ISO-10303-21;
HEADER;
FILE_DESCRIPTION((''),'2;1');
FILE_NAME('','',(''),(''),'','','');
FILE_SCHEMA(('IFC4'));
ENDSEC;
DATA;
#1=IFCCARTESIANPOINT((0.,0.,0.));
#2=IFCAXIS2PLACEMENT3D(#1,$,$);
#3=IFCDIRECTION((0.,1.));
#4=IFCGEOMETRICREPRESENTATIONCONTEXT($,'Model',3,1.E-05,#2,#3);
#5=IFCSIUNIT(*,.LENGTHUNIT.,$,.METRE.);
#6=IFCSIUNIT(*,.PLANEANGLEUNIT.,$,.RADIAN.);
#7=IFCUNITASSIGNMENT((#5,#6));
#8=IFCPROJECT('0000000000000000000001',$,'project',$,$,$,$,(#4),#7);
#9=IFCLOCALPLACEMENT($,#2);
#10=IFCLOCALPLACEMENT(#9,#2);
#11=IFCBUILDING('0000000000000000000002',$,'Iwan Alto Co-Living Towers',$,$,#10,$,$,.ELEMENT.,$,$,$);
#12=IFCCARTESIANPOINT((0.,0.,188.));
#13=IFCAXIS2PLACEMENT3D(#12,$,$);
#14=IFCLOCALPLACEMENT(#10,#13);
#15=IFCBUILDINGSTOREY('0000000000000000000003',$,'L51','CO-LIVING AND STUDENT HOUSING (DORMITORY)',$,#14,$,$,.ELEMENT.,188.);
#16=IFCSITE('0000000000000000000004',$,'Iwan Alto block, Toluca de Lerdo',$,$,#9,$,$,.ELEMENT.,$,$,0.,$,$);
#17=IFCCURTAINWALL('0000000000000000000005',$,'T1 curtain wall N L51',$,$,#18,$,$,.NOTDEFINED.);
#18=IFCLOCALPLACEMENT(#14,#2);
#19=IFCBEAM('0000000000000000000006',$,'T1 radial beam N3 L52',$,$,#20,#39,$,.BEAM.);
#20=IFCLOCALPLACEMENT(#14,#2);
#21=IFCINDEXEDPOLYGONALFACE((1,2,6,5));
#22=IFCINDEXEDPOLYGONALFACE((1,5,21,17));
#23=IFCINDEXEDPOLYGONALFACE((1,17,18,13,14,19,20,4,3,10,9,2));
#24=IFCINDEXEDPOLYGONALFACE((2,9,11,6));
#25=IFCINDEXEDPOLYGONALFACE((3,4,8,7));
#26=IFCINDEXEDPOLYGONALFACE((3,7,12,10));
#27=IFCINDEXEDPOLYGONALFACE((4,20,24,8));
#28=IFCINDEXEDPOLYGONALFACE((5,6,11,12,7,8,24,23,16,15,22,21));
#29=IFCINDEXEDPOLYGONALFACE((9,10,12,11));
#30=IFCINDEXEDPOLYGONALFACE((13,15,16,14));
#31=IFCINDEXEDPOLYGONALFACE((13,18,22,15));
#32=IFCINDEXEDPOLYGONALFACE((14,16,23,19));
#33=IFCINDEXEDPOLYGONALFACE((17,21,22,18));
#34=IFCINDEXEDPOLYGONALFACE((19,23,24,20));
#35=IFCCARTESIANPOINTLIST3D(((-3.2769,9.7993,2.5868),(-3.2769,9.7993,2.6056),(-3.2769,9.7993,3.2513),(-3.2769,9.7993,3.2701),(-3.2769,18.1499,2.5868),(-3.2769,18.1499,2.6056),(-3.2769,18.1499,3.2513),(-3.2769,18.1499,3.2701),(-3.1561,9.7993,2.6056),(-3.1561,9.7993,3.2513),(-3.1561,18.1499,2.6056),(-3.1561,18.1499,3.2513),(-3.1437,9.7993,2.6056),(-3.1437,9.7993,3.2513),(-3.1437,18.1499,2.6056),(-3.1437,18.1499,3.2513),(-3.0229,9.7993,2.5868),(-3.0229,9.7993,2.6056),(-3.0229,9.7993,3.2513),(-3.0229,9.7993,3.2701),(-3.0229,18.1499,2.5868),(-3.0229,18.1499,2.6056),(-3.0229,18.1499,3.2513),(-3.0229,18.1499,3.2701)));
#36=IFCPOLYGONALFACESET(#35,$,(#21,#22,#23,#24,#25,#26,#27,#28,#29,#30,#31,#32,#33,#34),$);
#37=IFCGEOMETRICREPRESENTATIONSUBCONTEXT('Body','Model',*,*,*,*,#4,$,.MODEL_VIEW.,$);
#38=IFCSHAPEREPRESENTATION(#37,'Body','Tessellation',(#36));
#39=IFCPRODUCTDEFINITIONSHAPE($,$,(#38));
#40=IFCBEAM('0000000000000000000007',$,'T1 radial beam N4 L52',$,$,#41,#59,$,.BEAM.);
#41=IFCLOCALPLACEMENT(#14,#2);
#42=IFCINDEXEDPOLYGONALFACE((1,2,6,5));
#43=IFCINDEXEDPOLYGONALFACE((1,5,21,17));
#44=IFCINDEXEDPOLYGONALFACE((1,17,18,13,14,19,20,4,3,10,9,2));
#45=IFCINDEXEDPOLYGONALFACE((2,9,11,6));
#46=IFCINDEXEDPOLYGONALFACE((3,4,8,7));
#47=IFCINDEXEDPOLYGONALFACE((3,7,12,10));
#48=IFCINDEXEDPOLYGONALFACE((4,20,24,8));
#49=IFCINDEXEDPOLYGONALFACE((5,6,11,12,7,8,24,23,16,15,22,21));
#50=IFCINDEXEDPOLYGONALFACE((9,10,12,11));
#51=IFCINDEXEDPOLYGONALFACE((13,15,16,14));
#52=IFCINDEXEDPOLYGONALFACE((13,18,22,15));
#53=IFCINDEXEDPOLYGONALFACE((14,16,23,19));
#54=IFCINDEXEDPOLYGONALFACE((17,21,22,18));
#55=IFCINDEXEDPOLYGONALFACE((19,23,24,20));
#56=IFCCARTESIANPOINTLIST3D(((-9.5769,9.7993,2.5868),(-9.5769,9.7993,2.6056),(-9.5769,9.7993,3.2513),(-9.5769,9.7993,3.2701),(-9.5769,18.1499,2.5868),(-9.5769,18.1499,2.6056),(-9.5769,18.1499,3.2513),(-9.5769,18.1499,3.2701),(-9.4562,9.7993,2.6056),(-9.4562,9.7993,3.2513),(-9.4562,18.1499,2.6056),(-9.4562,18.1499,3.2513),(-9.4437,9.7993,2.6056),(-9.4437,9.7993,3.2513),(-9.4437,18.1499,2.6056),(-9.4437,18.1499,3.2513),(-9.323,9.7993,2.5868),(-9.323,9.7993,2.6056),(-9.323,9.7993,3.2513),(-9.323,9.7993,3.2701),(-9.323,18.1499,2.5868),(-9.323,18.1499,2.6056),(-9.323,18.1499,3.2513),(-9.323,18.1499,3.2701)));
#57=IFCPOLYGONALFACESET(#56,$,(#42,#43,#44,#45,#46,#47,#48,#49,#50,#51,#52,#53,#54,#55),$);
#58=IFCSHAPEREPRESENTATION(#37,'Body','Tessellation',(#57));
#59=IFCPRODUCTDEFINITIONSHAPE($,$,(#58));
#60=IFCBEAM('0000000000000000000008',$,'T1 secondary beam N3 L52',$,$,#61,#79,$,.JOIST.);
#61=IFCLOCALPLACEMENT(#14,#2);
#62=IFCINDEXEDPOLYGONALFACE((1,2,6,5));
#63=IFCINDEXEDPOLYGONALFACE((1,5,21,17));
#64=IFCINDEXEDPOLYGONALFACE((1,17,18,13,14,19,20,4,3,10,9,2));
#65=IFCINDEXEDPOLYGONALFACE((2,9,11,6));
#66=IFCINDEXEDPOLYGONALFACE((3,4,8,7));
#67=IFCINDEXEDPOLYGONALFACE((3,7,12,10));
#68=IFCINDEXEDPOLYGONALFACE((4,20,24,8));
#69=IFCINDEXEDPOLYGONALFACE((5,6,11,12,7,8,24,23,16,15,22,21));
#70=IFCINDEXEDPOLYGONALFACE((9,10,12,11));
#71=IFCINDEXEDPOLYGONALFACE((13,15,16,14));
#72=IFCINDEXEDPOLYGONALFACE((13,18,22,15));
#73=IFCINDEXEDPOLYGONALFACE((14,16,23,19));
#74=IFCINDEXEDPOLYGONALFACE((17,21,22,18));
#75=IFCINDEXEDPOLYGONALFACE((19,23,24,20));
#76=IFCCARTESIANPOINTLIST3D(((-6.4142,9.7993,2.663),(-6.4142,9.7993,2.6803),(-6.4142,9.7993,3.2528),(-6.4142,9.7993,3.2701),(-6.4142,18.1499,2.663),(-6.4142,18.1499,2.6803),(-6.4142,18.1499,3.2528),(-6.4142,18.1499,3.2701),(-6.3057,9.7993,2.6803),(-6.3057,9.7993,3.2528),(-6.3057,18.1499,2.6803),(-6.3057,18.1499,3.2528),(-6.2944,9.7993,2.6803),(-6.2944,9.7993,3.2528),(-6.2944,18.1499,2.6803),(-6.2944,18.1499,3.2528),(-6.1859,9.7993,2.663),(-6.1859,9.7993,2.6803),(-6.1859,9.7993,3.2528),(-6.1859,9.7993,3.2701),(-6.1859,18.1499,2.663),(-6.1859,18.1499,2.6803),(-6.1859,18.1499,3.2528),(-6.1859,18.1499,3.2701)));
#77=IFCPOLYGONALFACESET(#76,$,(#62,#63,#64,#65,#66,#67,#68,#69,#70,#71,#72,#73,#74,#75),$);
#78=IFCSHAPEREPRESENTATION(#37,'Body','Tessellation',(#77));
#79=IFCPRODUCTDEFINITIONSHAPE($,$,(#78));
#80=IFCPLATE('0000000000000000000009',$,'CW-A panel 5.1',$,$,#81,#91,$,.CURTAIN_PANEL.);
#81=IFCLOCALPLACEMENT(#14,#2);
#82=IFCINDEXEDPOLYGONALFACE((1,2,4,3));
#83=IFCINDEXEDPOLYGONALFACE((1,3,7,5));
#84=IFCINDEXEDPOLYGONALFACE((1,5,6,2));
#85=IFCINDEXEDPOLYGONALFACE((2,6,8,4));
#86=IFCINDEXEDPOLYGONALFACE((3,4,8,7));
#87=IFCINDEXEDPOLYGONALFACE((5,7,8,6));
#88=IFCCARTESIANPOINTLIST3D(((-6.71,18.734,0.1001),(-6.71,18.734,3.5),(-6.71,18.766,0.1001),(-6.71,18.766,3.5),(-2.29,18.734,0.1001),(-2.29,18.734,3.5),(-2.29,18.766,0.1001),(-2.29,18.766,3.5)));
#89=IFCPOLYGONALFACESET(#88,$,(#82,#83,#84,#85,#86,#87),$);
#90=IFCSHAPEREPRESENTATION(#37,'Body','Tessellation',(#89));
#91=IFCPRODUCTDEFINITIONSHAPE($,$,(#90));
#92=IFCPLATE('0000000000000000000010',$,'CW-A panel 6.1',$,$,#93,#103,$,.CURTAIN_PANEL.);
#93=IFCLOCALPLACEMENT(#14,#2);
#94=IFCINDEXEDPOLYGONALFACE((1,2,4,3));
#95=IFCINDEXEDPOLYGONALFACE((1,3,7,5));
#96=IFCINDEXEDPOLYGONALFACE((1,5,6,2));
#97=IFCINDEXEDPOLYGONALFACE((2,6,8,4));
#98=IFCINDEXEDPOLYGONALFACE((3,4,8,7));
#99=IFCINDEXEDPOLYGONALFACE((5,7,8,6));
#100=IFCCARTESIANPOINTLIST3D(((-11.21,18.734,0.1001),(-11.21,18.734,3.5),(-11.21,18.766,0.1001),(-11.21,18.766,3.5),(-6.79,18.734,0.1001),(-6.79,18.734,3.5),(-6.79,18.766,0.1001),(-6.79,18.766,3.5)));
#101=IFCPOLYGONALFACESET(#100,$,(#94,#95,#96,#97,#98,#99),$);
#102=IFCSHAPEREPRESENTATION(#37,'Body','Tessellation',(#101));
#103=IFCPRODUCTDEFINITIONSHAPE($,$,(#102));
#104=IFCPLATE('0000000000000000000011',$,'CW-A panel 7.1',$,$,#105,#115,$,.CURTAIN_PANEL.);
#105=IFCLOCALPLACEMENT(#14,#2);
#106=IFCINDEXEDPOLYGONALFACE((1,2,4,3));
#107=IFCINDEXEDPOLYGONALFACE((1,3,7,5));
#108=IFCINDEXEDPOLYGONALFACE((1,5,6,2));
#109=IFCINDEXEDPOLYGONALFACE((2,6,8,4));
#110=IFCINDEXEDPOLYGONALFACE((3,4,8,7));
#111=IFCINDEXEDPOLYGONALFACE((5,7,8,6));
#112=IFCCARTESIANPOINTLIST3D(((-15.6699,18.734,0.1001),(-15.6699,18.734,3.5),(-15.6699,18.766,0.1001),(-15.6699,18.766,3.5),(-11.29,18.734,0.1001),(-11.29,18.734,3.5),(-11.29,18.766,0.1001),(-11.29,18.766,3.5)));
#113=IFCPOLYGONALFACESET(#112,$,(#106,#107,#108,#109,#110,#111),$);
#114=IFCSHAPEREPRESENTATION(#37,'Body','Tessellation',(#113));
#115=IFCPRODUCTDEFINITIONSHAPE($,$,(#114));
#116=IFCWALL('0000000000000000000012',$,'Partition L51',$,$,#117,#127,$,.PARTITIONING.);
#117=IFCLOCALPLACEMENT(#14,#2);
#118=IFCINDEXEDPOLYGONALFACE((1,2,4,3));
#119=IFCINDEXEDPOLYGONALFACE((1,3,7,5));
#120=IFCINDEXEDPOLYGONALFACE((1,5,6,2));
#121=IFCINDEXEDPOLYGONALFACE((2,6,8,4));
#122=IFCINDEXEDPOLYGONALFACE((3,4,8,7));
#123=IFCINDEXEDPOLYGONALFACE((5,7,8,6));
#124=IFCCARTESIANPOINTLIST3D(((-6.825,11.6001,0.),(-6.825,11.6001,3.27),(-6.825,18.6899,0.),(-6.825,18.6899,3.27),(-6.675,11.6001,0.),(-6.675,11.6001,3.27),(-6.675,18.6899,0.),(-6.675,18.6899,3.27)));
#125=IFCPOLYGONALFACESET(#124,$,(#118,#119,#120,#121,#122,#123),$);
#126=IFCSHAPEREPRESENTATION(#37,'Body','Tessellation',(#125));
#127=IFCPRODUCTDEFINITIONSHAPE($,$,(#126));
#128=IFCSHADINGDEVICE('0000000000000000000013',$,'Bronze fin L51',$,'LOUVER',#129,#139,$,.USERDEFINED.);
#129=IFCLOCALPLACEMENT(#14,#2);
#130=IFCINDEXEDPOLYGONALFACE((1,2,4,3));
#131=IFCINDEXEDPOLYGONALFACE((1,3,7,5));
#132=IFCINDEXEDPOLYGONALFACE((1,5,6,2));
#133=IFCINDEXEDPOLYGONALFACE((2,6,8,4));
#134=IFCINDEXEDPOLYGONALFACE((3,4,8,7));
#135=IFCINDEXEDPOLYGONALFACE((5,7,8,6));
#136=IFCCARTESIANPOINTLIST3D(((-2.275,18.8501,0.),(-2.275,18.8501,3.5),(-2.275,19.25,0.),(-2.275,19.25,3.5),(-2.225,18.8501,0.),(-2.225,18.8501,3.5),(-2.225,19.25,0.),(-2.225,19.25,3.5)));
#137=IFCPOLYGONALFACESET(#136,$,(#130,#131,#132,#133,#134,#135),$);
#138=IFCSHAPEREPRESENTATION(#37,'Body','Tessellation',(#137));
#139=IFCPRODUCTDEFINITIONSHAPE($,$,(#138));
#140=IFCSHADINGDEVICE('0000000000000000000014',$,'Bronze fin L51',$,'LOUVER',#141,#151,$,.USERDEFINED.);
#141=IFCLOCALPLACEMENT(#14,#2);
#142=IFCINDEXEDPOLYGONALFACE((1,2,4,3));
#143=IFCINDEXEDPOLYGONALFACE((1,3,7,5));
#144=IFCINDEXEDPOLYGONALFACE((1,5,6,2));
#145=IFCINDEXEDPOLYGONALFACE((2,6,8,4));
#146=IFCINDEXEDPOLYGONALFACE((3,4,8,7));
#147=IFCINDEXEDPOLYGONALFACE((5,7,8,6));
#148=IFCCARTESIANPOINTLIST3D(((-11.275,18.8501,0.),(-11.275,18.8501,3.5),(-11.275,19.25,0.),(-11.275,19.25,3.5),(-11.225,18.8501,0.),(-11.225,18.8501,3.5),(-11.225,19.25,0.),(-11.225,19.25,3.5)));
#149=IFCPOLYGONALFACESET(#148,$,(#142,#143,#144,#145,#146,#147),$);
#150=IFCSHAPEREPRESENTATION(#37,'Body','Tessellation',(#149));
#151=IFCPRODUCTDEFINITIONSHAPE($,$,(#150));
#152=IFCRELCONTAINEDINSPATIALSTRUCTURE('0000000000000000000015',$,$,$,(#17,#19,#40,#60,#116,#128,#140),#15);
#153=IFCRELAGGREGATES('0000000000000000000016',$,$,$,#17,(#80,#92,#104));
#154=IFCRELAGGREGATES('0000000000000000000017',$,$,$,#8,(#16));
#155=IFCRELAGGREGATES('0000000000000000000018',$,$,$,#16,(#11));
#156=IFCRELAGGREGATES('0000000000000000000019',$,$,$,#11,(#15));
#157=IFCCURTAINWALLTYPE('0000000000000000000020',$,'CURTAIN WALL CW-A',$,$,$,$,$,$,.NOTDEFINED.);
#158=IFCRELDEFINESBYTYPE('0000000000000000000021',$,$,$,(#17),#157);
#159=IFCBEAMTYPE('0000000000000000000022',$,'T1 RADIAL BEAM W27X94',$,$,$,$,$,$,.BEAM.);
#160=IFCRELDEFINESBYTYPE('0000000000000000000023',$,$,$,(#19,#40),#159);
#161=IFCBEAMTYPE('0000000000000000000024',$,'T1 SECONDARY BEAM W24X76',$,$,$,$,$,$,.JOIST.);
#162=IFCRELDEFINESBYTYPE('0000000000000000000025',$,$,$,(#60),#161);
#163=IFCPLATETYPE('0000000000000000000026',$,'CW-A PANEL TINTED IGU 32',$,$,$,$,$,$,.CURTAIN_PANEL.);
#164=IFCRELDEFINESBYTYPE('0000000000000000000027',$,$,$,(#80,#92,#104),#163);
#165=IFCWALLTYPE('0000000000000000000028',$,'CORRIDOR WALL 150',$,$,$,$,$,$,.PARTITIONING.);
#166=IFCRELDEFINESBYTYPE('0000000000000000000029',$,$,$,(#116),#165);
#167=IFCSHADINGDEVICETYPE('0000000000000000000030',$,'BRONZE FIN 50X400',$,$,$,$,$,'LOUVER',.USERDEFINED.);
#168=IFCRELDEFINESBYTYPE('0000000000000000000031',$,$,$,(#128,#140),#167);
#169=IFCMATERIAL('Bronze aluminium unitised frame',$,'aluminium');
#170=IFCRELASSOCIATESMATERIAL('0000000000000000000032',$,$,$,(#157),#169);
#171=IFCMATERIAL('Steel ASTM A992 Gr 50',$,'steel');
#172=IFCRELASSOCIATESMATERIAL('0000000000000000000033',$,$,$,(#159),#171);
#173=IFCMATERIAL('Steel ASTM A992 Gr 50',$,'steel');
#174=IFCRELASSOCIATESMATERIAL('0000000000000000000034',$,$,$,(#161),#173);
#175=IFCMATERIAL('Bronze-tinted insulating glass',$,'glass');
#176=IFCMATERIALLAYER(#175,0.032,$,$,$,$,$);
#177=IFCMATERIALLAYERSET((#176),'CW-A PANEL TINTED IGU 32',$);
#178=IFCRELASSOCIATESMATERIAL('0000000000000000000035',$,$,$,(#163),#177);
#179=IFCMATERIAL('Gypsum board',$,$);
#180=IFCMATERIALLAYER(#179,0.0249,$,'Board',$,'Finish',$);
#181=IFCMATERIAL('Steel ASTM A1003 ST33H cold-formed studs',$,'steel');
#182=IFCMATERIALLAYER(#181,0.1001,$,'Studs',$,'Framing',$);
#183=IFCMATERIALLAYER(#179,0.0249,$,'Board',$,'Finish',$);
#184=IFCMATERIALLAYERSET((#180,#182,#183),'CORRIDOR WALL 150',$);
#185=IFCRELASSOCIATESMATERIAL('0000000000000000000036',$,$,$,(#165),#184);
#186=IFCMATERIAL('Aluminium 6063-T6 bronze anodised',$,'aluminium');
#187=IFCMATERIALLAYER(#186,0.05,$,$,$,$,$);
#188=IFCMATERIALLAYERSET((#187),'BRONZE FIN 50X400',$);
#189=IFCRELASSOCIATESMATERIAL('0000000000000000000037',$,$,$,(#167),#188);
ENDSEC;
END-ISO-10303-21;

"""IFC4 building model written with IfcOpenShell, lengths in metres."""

from ifc_helpers import new_model, si_unit, direction, frame, frame_2d, origin, origin_2d, place, context, subcontext, project, spatial, rectangle, i_section, extrude, material, layer, layer_set, material_profile, profile_set, type_object, element, aggregate, save


model = new_model("IFC4")

# Units and contexts
model_context = context("Model", 3, precision=1e-05, world=origin(), true_north=direction((0.0, 1.0)))
body_context = subcontext(model_context, "Body", "Model", "MODEL_VIEW")
ifc_project = project(units=[si_unit("LENGTHUNIT", "METRE"), si_unit("PLANEANGLEUNIT", "RADIAN")], contexts=[model_context])

# Site, building, storey
site_placement = place(None, origin())
site = spatial("IfcSite", under=ifc_project, at=site_placement, Name="Iwan Alto block, Toluca de Lerdo", CompositionType="ELEMENT", RefElevation=0.0)
building_placement = place(site_placement, origin())
building = spatial("IfcBuilding", under=site, at=building_placement, Name="Iwan Alto Co-Living Towers", CompositionType="ELEMENT")
storey_placement = place(building_placement, frame((0.0, 0.0, 188.0)))
storey = spatial("IfcBuildingStorey", under=building, at=storey_placement, Name="L51", Description="CO-LIVING AND STUDENT HOUSING (DORMITORY)", CompositionType="ELEMENT", Elevation=188.0)

# Curtain wall
ifc_material_1 = material(Name="Bronze aluminium unitised frame", Category="aluminium")
curtain_wall_type = type_object("IfcCurtainWallType", Name="CURTAIN WALL CW-A", PredefinedType="NOTDEFINED", material=ifc_material_1)
curtain_wall_placement = place(storey_placement, origin())
curtain_wall = element("IfcCurtainWall", 1, at=curtain_wall_placement, inside=storey, type_object=curtain_wall_type, Name="T1 curtain wall N L51", PredefinedType="NOTDEFINED")

# Beams
ifc_material_2 = material(Name="Steel ASTM A992 Gr 50", Category="steel")
ifc_material_profile_1 = material_profile(ifc_material_2, i_section(OverallWidth=0.2539, OverallDepth=0.6833, WebThickness=0.0125, FlangeThickness=0.0188, at=origin_2d()), Name="W27X94")
ifc_profile_set_1 = profile_set([ifc_material_profile_1], Name="Steel ASTM A992 Gr 50")
beam_type_1 = type_object("IfcBeamType", Name="T1 RADIAL BEAM W27X94", PredefinedType="BEAM", material=ifc_profile_set_1)
for number, where, z_axis, x_axis, name in (
    (2, (-3.1499, 18.1499, 2.9285), (0.0, -1.0, 0.0), (1.0, 0.0, 0.0), "T1 radial beam N3 L52"),
    (3, (-9.45, 18.1499, 2.9285), (0.0, -1.0, 0.0), (1.0, 0.0, 0.0), "T1 radial beam N4 L52"),
):
    element("IfcBeam", number, at=place(storey_placement, frame(where, z_axis=z_axis, x_axis=x_axis)), inside=storey, type_object=beam_type_1, Name=name, PredefinedType="BEAM", context=body_context, shape_type="SweptSolid", body=[
        extrude(i_section(OverallWidth=0.2539, OverallDepth=0.6833, WebThickness=0.0125, FlangeThickness=0.0188, at=origin_2d()), origin(), (0.0, 0.0, 1.0), 8.3506),
    ])
ifc_material_3 = material(Name="Steel ASTM A992 Gr 50", Category="steel")
ifc_material_profile_2 = material_profile(ifc_material_3, i_section(OverallWidth=0.2283, OverallDepth=0.6072, WebThickness=0.0112, FlangeThickness=0.0173, at=origin_2d()), Name="W24X76")
ifc_profile_set_2 = profile_set([ifc_material_profile_2], Name="Steel ASTM A992 Gr 50")
beam_type_2 = type_object("IfcBeamType", Name="T1 SECONDARY BEAM W24X76", PredefinedType="JOIST", material=ifc_profile_set_2)
beam_1_placement = place(storey_placement, frame((-6.3, 18.1499, 2.9666), z_axis=(0.0, -1.0, 0.0), x_axis=(1.0, 0.0, 0.0)))
element("IfcBeam", 4, at=beam_1_placement, inside=storey, type_object=beam_type_2, Name="T1 secondary beam N3 L52", PredefinedType="JOIST", context=body_context, shape_type="SweptSolid", body=[
    extrude(i_section(OverallWidth=0.2283, OverallDepth=0.6072, WebThickness=0.0112, FlangeThickness=0.0173, at=origin_2d()), origin(), (0.0, 0.0, 1.0), 8.3506),
])

# Plates
ifc_material_4 = material(Name="Bronze-tinted insulating glass", Category="glass")
ifc_layer_1 = layer(ifc_material_4, 0.032)
ifc_layer_set_1 = layer_set([ifc_layer_1], Name="CW-A PANEL TINTED IGU 32")
plate_type = type_object("IfcPlateType", Name="CW-A PANEL TINTED IGU 32", PredefinedType="CURTAIN_PANEL", material=ifc_layer_set_1)
plate_1_placement = place(storey_placement, frame((-4.5, 18.75, 0.1001), z_axis=(0.0, 0.0, 1.0), x_axis=(-1.0, 0.0, 0.0)))
plate_1 = element("IfcPlate", 5, at=plate_1_placement, type_object=plate_type, Name="CW-A panel 5.1", PredefinedType="CURTAIN_PANEL", context=body_context, shape_type="SweptSolid", body=[
    extrude(rectangle(XDim=4.4199, YDim=0.032, at=origin_2d()), origin(), (0.0, 0.0, 1.0), 3.3999),
])
plate_2_placement = place(storey_placement, frame((-9.0, 18.75, 0.1001), z_axis=(0.0, 0.0, 1.0), x_axis=(-1.0, 0.0, 0.0)))
plate_2 = element("IfcPlate", 6, at=plate_2_placement, type_object=plate_type, Name="CW-A panel 6.1", PredefinedType="CURTAIN_PANEL", context=body_context, shape_type="SweptSolid", body=[
    extrude(rectangle(XDim=4.4199, YDim=0.032, at=origin_2d()), origin(), (0.0, 0.0, 1.0), 3.3999),
])
plate_3_placement = place(storey_placement, frame((-13.48, 18.75, 0.1001), z_axis=(0.0, 0.0, 1.0), x_axis=(-1.0, 0.0, 0.0)))
plate_3 = element("IfcPlate", 7, at=plate_3_placement, type_object=plate_type, Name="CW-A panel 7.1", PredefinedType="CURTAIN_PANEL", context=body_context, shape_type="SweptSolid", body=[
    extrude(rectangle(XDim=4.3799, YDim=0.032, at=origin_2d()), origin(), (0.0, 0.0, 1.0), 3.3999),
])
aggregate(curtain_wall, [plate_1, plate_2, plate_3])

# Wall
ifc_material_5 = material(Name="Gypsum board")
ifc_layer_2 = layer(ifc_material_5, 0.0249, Name="Board", Category="Finish")
ifc_material_6 = material(Name="Steel ASTM A1003 ST33H cold-formed studs", Category="steel")
ifc_layer_3 = layer(ifc_material_6, 0.1001, Name="Studs", Category="Framing")
ifc_layer_4 = layer(ifc_material_5, 0.0249, Name="Board", Category="Finish")
ifc_layer_set_2 = layer_set([ifc_layer_2, ifc_layer_3, ifc_layer_4], Name="CORRIDOR WALL 150")
wall_type = type_object("IfcWallType", Name="CORRIDOR WALL 150", PredefinedType="PARTITIONING", material=ifc_layer_set_2)
wall_placement = place(storey_placement, frame((-6.75, 11.6001, 0.0), z_axis=(0.0, 0.0, 1.0), x_axis=(0.0, 1.0, 0.0)))
element("IfcWall", 8, at=wall_placement, inside=storey, type_object=wall_type, Name="Partition L51", PredefinedType="PARTITIONING", context=body_context, shape_type="SweptSolid", body=[
    extrude(rectangle(XDim=7.0898, YDim=0.1499, at=frame_2d((3.5449, 0.0))), origin(), (0.0, 0.0, 1.0), 3.27),
])

# Shading devices
ifc_material_7 = material(Name="Aluminium 6063-T6 bronze anodised", Category="aluminium")
ifc_layer_5 = layer(ifc_material_7, 0.05)
ifc_layer_set_3 = layer_set([ifc_layer_5], Name="BRONZE FIN 50X400")
shading_device_type = type_object("IfcShadingDeviceType", Name="BRONZE FIN 50X400", ElementType="LOUVER", PredefinedType="USERDEFINED", material=ifc_layer_set_3)
for number, where, z_axis, x_axis, name in (
    (9, (-2.25, 19.05, 0.0), (0.0, 0.0, 1.0), (-1.0, 0.0, 0.0), "Bronze fin L51"),
    (10, (-11.25, 19.05, 0.0), (0.0, 0.0, 1.0), (-1.0, 0.0, 0.0), "Bronze fin L51"),
):
    element("IfcShadingDevice", number, at=place(storey_placement, frame(where, z_axis=z_axis, x_axis=x_axis)), inside=storey, type_object=shading_device_type, Name=name, ObjectType="LOUVER", PredefinedType="USERDEFINED", context=body_context, shape_type="SweptSolid", body=[
        extrude(rectangle(XDim=0.05, YDim=0.3999, at=origin_2d()), origin(), (0.0, 0.0, 1.0), 3.5),
    ])

save(model, "model.ifc")
